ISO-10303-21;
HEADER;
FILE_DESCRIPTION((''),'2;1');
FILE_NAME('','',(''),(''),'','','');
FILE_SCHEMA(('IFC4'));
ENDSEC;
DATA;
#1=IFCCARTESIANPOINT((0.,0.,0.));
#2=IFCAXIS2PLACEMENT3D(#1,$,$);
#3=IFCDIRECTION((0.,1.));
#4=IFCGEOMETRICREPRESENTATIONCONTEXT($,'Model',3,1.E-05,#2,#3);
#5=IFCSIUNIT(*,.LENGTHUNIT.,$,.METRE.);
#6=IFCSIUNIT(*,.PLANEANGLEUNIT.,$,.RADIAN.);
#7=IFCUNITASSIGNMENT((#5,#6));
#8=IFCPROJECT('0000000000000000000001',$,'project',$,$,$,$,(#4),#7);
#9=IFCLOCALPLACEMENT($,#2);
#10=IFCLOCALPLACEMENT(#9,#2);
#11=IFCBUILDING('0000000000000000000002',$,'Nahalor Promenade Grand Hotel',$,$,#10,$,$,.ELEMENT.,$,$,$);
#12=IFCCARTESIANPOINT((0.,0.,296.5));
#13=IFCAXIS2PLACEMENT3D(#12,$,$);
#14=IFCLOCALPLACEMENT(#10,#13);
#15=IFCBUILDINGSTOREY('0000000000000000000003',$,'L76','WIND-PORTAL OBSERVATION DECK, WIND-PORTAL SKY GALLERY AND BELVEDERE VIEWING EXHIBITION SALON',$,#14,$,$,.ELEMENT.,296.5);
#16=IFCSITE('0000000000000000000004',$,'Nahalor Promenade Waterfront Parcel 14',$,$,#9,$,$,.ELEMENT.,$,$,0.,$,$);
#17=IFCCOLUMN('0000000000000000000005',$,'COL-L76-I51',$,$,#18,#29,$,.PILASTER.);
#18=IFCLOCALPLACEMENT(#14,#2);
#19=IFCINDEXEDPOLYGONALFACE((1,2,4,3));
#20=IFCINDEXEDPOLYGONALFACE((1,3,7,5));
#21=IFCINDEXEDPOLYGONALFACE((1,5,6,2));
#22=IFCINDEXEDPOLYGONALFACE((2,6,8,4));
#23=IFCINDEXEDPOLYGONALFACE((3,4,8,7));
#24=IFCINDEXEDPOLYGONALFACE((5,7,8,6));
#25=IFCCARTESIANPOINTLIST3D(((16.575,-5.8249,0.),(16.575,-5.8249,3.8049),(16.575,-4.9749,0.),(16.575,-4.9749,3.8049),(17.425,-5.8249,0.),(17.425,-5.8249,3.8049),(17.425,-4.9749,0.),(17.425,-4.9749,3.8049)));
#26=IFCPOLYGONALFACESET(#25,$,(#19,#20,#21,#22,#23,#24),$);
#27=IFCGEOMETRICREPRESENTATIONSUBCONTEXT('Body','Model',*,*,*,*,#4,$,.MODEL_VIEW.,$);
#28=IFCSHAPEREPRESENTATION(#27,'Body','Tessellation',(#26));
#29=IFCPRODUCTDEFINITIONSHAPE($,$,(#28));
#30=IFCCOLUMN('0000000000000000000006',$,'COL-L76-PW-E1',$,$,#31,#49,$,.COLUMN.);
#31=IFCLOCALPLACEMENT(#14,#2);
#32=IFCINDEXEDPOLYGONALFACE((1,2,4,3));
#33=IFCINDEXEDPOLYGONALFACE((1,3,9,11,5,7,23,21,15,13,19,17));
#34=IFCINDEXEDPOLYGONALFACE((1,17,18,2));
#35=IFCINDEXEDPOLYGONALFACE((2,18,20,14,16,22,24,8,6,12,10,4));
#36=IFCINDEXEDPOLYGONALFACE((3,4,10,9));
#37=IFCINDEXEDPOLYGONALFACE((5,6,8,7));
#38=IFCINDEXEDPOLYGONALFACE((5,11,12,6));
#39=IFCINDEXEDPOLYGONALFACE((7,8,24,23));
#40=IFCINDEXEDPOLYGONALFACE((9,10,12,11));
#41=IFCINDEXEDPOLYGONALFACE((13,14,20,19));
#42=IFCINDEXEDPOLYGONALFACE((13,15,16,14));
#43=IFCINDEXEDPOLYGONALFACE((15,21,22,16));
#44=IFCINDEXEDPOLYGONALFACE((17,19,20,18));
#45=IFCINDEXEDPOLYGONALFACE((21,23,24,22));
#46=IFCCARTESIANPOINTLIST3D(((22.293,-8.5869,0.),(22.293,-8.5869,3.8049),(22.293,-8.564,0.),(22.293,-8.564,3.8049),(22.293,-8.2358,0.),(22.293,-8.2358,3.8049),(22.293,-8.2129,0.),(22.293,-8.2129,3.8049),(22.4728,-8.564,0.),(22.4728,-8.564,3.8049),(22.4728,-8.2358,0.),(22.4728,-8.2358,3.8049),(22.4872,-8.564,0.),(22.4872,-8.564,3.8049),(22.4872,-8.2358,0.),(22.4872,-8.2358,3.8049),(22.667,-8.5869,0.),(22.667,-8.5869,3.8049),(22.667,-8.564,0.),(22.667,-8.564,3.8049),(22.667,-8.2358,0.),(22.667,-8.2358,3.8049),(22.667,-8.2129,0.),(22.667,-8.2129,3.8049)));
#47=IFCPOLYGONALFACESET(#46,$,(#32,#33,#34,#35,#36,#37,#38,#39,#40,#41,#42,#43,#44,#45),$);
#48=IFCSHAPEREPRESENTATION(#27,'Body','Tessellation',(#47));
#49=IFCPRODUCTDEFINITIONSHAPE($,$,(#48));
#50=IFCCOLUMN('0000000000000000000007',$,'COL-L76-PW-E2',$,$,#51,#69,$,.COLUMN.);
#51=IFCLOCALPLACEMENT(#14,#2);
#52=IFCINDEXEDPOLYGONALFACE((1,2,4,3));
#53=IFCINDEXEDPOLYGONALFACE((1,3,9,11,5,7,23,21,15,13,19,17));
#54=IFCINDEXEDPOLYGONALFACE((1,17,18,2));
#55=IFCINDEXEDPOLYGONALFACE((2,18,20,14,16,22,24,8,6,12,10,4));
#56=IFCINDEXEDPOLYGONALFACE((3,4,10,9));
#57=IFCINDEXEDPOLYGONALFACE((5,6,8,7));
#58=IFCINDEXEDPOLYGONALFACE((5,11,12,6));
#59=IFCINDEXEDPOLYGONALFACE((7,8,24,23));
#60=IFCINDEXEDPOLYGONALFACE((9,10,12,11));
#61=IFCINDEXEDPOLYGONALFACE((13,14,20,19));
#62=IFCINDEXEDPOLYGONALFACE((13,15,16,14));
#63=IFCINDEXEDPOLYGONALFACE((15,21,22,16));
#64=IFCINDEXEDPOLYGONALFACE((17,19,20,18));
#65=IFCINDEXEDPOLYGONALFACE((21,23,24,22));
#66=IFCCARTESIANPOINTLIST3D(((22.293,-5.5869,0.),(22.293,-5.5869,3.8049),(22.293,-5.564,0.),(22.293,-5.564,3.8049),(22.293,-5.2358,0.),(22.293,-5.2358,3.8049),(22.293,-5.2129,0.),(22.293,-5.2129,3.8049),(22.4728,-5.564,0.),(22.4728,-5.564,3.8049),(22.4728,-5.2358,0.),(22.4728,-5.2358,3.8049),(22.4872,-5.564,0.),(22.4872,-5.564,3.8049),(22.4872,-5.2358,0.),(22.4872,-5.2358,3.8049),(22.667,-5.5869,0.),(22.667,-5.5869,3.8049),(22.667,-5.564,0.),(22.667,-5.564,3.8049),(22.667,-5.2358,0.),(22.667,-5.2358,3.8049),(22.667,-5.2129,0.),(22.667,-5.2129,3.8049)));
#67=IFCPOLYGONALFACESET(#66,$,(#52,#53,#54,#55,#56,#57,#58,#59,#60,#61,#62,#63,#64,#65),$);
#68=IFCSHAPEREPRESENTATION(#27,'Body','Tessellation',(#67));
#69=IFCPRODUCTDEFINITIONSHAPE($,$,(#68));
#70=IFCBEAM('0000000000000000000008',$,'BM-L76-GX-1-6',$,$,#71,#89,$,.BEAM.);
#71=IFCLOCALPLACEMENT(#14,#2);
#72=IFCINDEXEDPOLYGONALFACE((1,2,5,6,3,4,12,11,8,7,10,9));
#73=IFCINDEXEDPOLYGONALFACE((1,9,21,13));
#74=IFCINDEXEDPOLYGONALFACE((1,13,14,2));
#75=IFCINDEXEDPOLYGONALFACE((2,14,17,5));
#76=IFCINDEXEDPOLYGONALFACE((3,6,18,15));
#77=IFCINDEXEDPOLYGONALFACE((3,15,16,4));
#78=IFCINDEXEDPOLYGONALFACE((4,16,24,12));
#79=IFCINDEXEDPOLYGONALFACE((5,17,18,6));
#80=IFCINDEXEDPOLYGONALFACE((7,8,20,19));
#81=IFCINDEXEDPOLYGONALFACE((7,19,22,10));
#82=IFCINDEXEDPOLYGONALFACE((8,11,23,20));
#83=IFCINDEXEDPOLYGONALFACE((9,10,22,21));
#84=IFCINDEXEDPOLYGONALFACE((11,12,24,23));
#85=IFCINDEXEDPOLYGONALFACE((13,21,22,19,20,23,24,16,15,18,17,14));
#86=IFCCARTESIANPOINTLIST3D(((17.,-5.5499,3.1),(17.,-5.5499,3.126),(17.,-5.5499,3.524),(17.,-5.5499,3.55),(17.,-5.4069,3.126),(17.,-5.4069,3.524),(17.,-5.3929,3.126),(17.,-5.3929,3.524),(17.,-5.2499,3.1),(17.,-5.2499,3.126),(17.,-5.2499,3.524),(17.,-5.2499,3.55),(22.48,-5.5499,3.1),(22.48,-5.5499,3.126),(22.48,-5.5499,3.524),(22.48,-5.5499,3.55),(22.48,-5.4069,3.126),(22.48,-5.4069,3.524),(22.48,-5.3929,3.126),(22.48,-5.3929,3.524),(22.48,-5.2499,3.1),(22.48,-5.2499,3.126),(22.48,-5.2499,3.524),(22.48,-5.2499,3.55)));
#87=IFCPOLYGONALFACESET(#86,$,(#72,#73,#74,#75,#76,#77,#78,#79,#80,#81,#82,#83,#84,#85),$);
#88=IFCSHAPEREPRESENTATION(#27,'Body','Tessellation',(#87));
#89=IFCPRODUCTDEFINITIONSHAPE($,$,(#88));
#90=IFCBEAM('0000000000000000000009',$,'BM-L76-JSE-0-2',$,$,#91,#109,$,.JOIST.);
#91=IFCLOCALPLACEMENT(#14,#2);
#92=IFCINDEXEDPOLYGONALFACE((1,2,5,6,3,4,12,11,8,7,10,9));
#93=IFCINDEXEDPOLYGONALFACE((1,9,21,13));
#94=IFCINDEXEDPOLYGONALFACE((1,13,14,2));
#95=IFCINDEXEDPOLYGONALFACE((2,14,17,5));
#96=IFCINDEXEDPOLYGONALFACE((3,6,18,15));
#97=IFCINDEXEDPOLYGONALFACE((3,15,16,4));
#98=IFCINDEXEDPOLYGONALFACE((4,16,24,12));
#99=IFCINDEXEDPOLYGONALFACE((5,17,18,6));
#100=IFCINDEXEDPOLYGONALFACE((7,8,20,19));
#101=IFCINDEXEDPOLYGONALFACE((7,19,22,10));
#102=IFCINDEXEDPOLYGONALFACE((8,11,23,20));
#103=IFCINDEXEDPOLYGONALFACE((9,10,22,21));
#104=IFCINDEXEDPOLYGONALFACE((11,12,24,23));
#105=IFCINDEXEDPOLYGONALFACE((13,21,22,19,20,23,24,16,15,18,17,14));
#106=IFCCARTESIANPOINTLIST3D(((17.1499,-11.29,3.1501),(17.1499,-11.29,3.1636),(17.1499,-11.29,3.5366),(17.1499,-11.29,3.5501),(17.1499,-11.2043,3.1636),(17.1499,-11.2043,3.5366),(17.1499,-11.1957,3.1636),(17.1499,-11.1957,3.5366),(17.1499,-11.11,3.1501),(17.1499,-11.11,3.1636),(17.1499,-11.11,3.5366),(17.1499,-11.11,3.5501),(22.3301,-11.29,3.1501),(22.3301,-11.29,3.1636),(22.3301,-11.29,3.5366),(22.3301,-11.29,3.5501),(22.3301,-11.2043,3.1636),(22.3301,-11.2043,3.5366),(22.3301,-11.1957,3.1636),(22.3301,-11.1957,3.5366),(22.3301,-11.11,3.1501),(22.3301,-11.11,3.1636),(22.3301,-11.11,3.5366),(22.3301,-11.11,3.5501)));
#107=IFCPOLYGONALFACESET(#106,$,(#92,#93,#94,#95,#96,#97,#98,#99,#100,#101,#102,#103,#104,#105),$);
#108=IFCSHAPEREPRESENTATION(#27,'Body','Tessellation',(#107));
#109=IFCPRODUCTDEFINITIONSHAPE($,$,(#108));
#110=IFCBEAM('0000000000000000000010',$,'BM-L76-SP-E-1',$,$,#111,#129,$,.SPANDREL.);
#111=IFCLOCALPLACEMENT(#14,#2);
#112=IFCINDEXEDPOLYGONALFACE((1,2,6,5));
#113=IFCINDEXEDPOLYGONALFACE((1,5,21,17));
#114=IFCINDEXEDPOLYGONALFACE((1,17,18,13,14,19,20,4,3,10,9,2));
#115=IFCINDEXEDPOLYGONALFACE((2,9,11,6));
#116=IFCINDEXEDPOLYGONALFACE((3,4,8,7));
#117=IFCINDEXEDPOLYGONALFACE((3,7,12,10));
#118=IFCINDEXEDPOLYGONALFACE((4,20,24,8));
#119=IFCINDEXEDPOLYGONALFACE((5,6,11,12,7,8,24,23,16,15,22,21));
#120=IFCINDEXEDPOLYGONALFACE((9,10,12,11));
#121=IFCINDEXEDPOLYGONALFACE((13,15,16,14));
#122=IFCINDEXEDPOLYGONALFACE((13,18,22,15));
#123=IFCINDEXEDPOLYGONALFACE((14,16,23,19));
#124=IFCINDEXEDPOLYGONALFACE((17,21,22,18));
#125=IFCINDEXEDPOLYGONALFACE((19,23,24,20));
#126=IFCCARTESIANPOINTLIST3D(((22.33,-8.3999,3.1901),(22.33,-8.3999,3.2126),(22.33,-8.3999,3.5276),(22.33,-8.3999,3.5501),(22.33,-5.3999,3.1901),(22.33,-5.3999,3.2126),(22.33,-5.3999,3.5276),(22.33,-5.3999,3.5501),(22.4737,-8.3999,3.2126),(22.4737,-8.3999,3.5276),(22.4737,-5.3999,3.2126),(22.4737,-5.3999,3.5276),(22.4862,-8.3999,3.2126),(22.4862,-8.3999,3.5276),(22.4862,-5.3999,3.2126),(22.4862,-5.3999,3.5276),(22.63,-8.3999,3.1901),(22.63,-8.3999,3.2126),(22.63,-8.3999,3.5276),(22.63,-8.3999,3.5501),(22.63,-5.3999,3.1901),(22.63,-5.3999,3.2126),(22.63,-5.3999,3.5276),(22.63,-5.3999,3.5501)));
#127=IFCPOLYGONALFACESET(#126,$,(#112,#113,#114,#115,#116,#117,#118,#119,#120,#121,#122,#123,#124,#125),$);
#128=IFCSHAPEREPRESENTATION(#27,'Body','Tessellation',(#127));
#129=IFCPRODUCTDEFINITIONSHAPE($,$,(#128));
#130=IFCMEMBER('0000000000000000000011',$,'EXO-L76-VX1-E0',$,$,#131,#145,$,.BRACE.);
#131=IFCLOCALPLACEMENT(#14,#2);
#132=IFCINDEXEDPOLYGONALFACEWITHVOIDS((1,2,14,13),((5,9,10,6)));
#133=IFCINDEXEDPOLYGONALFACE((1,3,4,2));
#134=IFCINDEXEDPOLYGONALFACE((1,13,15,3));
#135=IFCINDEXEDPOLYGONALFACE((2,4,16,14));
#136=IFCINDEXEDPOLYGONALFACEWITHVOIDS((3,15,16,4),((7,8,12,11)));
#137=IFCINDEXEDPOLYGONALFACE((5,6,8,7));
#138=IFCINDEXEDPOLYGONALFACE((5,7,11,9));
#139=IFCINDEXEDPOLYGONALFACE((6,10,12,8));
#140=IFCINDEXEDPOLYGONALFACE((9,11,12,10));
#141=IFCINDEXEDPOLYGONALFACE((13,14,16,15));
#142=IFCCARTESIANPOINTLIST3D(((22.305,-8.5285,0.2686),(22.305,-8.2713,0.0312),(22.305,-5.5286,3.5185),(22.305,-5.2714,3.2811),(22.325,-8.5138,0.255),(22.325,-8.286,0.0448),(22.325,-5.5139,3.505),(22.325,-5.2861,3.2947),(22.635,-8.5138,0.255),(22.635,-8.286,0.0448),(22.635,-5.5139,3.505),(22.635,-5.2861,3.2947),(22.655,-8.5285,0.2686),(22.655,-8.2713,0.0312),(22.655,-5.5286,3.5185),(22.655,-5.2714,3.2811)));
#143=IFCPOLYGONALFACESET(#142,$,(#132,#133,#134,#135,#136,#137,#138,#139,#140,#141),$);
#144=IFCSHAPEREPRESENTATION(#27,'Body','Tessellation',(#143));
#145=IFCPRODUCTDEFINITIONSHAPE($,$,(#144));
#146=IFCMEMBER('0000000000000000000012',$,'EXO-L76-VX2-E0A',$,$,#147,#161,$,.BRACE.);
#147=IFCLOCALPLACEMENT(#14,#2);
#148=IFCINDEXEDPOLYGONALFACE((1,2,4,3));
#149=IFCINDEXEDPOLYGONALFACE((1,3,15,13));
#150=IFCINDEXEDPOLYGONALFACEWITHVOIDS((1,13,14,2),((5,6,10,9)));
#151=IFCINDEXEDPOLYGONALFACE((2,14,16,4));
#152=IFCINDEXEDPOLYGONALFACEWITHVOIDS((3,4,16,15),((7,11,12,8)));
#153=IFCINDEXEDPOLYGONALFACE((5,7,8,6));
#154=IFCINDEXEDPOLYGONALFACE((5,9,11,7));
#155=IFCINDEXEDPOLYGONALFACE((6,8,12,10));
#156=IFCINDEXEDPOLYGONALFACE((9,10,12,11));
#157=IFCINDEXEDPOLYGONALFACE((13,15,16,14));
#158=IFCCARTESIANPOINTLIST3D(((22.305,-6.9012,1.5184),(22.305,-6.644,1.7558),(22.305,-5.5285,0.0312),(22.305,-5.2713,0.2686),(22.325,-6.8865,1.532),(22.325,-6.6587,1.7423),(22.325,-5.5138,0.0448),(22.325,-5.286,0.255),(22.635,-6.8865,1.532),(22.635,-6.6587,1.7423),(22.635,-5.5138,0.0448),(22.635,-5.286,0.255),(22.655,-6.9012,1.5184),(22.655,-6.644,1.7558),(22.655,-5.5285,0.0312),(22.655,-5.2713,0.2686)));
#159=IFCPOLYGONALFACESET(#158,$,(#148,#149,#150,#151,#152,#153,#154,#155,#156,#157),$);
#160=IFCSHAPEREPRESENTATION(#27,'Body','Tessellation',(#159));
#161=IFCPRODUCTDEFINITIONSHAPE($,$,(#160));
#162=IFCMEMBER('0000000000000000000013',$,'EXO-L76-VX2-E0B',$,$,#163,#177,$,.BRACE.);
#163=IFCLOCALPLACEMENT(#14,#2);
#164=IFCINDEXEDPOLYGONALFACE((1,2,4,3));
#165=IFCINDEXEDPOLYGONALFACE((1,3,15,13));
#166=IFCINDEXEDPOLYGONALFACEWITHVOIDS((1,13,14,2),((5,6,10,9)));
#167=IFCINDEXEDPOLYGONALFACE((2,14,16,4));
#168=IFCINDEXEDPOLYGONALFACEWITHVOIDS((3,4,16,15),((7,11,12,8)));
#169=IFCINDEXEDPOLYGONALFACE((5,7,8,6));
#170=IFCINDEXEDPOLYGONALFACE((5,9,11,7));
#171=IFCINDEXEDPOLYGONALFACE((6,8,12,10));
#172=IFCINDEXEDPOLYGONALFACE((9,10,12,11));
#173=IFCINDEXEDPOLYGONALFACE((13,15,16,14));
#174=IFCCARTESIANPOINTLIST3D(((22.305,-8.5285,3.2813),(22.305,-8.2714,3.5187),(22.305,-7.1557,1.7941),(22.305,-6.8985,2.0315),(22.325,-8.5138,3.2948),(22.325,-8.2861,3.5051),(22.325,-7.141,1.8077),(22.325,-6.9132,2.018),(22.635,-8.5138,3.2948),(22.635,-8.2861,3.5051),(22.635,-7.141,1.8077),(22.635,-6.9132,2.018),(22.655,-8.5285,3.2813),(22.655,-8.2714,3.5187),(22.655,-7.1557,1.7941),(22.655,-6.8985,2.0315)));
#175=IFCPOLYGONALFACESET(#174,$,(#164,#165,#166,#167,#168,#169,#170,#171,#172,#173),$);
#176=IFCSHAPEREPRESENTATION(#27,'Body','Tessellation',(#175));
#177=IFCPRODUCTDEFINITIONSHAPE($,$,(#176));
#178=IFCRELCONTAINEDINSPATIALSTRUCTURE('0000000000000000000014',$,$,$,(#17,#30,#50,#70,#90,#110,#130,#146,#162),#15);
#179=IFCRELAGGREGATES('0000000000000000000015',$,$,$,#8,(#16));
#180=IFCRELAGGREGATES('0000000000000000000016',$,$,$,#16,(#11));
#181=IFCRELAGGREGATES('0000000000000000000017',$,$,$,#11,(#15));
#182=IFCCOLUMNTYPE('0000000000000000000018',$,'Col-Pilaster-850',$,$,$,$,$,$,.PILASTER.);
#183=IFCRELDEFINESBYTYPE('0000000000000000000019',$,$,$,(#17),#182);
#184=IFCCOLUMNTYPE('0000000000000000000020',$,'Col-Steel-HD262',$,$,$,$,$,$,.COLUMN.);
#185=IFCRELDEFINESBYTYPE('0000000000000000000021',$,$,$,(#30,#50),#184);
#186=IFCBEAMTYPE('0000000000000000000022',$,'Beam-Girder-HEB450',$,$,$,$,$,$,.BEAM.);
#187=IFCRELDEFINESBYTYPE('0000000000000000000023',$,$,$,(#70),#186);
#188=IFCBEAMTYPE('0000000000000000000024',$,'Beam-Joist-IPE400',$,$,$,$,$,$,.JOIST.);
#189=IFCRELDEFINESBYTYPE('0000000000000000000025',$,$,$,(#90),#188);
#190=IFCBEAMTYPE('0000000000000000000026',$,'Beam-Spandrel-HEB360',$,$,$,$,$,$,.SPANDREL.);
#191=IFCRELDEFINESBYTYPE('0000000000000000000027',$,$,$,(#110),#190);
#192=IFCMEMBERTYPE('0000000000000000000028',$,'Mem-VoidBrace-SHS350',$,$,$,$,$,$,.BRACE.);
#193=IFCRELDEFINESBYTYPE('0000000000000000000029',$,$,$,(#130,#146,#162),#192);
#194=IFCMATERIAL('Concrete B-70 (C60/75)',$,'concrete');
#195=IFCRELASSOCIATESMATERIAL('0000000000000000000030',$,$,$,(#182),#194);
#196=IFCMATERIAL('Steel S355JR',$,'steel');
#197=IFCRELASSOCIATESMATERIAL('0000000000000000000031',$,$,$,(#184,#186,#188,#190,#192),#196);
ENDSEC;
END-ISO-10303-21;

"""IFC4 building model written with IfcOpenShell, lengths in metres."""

from ifc_helpers import new_model, si_unit, direction, frame, origin, origin_2d, place, context, subcontext, project, spatial, rectangle, hollow_rectangle, i_section, extrude, source, transform, mapped, material, material_profile, profile_set, type_object, element, save


model = new_model("IFC4")

# Units and contexts
model_context = context("Model", 3, precision=1e-05, world=origin(), true_north=direction((0.0, 1.0)))
body_context = subcontext(model_context, "Body", "Model", "MODEL_VIEW")
ifc_project = project(units=[si_unit("LENGTHUNIT", "METRE"), si_unit("PLANEANGLEUNIT", "RADIAN")], contexts=[model_context])

# Site, building, storey
site_placement = place(None, origin())
site = spatial("IfcSite", under=ifc_project, at=site_placement, Name="Nahalor Promenade Waterfront Parcel 14", CompositionType="ELEMENT", RefElevation=0.0)
building_placement = place(site_placement, origin())
building = spatial("IfcBuilding", under=site, at=building_placement, Name="Nahalor Promenade Grand Hotel", CompositionType="ELEMENT")
storey_placement = place(building_placement, frame((0.0, 0.0, 296.5)))
storey = spatial("IfcBuildingStorey", under=building, at=storey_placement, Name="L76", Description="WIND-PORTAL OBSERVATION DECK, WIND-PORTAL SKY GALLERY AND BELVEDERE VIEWING EXHIBITION SALON", CompositionType="ELEMENT", Elevation=296.5)

# Columns
ifc_material_1 = material(Name="Concrete B-70 (C60/75)", Category="concrete")
ifc_material_profile_1 = material_profile(ifc_material_1, rectangle(XDim=0.85, YDim=0.85, at=origin_2d()), Name="RC 850x850")
ifc_profile_set_1 = profile_set([ifc_material_profile_1], Name="Concrete B-70 (C60/75)")
column_type_1 = type_object("IfcColumnType", Name="Col-Pilaster-850", PredefinedType="PILASTER", material=ifc_profile_set_1)
shared_shape_1 = source(origin(), body_context, "Body", "SweptSolid", [
    extrude(rectangle(XDim=0.85, YDim=0.85, at=origin_2d()), origin(), (0.0, 0.0, 1.0), 3.8049),
])
column_placement = place(storey_placement, frame((17.0, -5.3999, 0.0), z_axis=(0.0, 0.0, 1.0), x_axis=(1.0, 0.0, 0.0)))
element("IfcColumn", 1, at=column_placement, inside=storey, type_object=column_type_1, Name="COL-L76-I51", PredefinedType="PILASTER", context=body_context, shape_type="MappedRepresentation", body=[
    mapped(shared_shape_1, transform((0.0, 0.0, 0.0), scale=1.0)),
])
ifc_material_2 = material(Name="Steel S355JR", Category="steel")
ifc_material_profile_2 = material_profile(ifc_material_2, i_section(OverallWidth=0.374, OverallDepth=0.374, WebThickness=0.0144, FlangeThickness=0.0229, at=origin_2d()), Name="HD 360x262")
ifc_profile_set_2 = profile_set([ifc_material_profile_2], Name="Steel S355JR")
column_type_2 = type_object("IfcColumnType", Name="Col-Steel-HD262", PredefinedType="COLUMN", material=ifc_profile_set_2)
shared_shape_2 = source(origin(), body_context, "Body", "SweptSolid", [
    extrude(i_section(OverallWidth=0.374, OverallDepth=0.374, WebThickness=0.0144, FlangeThickness=0.0229, at=origin_2d()), origin(), (0.0, 0.0, 1.0), 3.8049),
])
for number, where, z_axis, x_axis, name in (
    (2, (22.48, -8.3999, 0.0), (0.0, 0.0, 1.0), (1.0, 0.0, 0.0), "COL-L76-PW-E1"),
    (3, (22.48, -5.3999, 0.0), (0.0, 0.0, 1.0), (1.0, 0.0, 0.0), "COL-L76-PW-E2"),
):
    element("IfcColumn", number, at=place(storey_placement, frame(where, z_axis=z_axis, x_axis=x_axis)), inside=storey, type_object=column_type_2, Name=name, PredefinedType="COLUMN", context=body_context, shape_type="MappedRepresentation", body=[
        mapped(shared_shape_2, transform((0.0, 0.0, 0.0), scale=1.0)),
    ])

# Beams
ifc_material_profile_3 = material_profile(ifc_material_2, i_section(OverallWidth=0.3, OverallDepth=0.45, WebThickness=0.014, FlangeThickness=0.026, at=origin_2d()), Name="HEB 450")
ifc_profile_set_3 = profile_set([ifc_material_profile_3], Name="Steel S355JR")
beam_type_1 = type_object("IfcBeamType", Name="Beam-Girder-HEB450", PredefinedType="BEAM", material=ifc_profile_set_3)
shared_shape_3 = source(origin(), body_context, "Body", "SweptSolid", [
    extrude(i_section(OverallWidth=0.3, OverallDepth=0.45, WebThickness=0.014, FlangeThickness=0.026, at=origin_2d()), origin(), (0.0, 0.0, 1.0), 5.48),
])
beam_1_placement = place(storey_placement, frame((17.0, -5.3999, 3.325), z_axis=(1.0, 0.0, 0.0), x_axis=(0.0, 1.0, 0.0)))
element("IfcBeam", 4, at=beam_1_placement, inside=storey, type_object=beam_type_1, Name="BM-L76-GX-1-6", PredefinedType="BEAM", context=body_context, shape_type="MappedRepresentation", body=[
    mapped(shared_shape_3, transform((0.0, 0.0, 0.0), scale=1.0)),
])
ifc_material_profile_4 = material_profile(ifc_material_2, i_section(OverallWidth=0.18, OverallDepth=0.4, WebThickness=0.0086, FlangeThickness=0.0135, at=origin_2d()), Name="IPE 400")
ifc_profile_set_4 = profile_set([ifc_material_profile_4], Name="Steel S355JR")
beam_type_2 = type_object("IfcBeamType", Name="Beam-Joist-IPE400", PredefinedType="JOIST", material=ifc_profile_set_4)
shared_shape_4 = source(origin(), body_context, "Body", "SweptSolid", [
    extrude(i_section(OverallWidth=0.18, OverallDepth=0.4, WebThickness=0.0086, FlangeThickness=0.0135, at=origin_2d()), origin(), (0.0, 0.0, 1.0), 5.1802),
])
beam_2_placement = place(storey_placement, frame((17.1499, -11.2, 3.3501), z_axis=(1.0, 0.0, 0.0), x_axis=(0.0, 1.0, 0.0)))
element("IfcBeam", 5, at=beam_2_placement, inside=storey, type_object=beam_type_2, Name="BM-L76-JSE-0-2", PredefinedType="JOIST", context=body_context, shape_type="MappedRepresentation", body=[
    mapped(shared_shape_4, transform((0.0, 0.0, 0.0), scale=1.0)),
])
ifc_material_profile_5 = material_profile(ifc_material_2, i_section(OverallWidth=0.3, OverallDepth=0.36, WebThickness=0.0125, FlangeThickness=0.0225, at=origin_2d()), Name="HEB 360")
ifc_profile_set_5 = profile_set([ifc_material_profile_5], Name="Steel S355JR")
beam_type_3 = type_object("IfcBeamType", Name="Beam-Spandrel-HEB360", PredefinedType="SPANDREL", material=ifc_profile_set_5)
shared_shape_5 = source(origin(), body_context, "Body", "SweptSolid", [
    extrude(i_section(OverallWidth=0.3, OverallDepth=0.36, WebThickness=0.0125, FlangeThickness=0.0225, at=origin_2d()), origin(), (0.0, 0.0, 1.0), 3.0),
])
beam_3_placement = place(storey_placement, frame((22.48, -8.3999, 3.3701), z_axis=(0.0, 1.0, 0.0), x_axis=(-1.0, 0.0, 0.0)))
element("IfcBeam", 6, at=beam_3_placement, inside=storey, type_object=beam_type_3, Name="BM-L76-SP-E-1", PredefinedType="SPANDREL", context=body_context, shape_type="MappedRepresentation", body=[
    mapped(shared_shape_5, transform((0.0, 0.0, 0.0), scale=1.0)),
])

# Members
ifc_material_profile_6 = material_profile(ifc_material_2, hollow_rectangle(XDim=0.35, YDim=0.35, WallThickness=0.02, at=origin_2d()), Name="SHS 350x350x20")
ifc_profile_set_6 = profile_set([ifc_material_profile_6], Name="Steel S355JR")
member_type = type_object("IfcMemberType", Name="Mem-VoidBrace-SHS350", PredefinedType="BRACE", material=ifc_profile_set_6)
shared_shape_6 = source(origin(), body_context, "Body", "SweptSolid", [
    extrude(hollow_rectangle(XDim=0.35, YDim=0.35, WallThickness=0.02, at=origin_2d()), origin(), (0.0, 0.0, 1.0), 4.4229),
])
member_placement = place(storey_placement, frame((22.48, -8.3999, 0.1499), z_axis=(0.0, 0.67828, 0.734803), x_axis=(-1.0, 0.0, 0.0)))
element("IfcMember", 7, at=member_placement, inside=storey, type_object=member_type, Name="EXO-L76-VX1-E0", PredefinedType="BRACE", context=body_context, shape_type="MappedRepresentation", body=[
    mapped(shared_shape_6, transform((0.0, 0.0, 0.0), scale=1.0)),
])
shared_shape_7 = source(origin(), body_context, "Body", "SweptSolid", [
    extrude(hollow_rectangle(XDim=0.35, YDim=0.35, WallThickness=0.02, at=origin_2d()), origin(), (0.0, 0.0, 1.0), 2.0239),
])
for number, where, z_axis, x_axis, name in (
    (8, (22.48, -5.3999, 0.1499), (0.0, -0.678255, 0.734827), (1.0, 0.0, 0.0), "EXO-L76-VX2-E0A"),
    (9, (22.48, -7.0271, 1.9128), (0.0, -0.678315, 0.734771), (1.0, 0.0, 0.0), "EXO-L76-VX2-E0B"),
):
    element("IfcMember", number, at=place(storey_placement, frame(where, z_axis=z_axis, x_axis=x_axis)), inside=storey, type_object=member_type, Name=name, PredefinedType="BRACE", context=body_context, shape_type="MappedRepresentation", body=[
        mapped(shared_shape_7, transform((0.0, 0.0, 0.0), scale=1.0)),
    ])

save(model, "model.ifc")
